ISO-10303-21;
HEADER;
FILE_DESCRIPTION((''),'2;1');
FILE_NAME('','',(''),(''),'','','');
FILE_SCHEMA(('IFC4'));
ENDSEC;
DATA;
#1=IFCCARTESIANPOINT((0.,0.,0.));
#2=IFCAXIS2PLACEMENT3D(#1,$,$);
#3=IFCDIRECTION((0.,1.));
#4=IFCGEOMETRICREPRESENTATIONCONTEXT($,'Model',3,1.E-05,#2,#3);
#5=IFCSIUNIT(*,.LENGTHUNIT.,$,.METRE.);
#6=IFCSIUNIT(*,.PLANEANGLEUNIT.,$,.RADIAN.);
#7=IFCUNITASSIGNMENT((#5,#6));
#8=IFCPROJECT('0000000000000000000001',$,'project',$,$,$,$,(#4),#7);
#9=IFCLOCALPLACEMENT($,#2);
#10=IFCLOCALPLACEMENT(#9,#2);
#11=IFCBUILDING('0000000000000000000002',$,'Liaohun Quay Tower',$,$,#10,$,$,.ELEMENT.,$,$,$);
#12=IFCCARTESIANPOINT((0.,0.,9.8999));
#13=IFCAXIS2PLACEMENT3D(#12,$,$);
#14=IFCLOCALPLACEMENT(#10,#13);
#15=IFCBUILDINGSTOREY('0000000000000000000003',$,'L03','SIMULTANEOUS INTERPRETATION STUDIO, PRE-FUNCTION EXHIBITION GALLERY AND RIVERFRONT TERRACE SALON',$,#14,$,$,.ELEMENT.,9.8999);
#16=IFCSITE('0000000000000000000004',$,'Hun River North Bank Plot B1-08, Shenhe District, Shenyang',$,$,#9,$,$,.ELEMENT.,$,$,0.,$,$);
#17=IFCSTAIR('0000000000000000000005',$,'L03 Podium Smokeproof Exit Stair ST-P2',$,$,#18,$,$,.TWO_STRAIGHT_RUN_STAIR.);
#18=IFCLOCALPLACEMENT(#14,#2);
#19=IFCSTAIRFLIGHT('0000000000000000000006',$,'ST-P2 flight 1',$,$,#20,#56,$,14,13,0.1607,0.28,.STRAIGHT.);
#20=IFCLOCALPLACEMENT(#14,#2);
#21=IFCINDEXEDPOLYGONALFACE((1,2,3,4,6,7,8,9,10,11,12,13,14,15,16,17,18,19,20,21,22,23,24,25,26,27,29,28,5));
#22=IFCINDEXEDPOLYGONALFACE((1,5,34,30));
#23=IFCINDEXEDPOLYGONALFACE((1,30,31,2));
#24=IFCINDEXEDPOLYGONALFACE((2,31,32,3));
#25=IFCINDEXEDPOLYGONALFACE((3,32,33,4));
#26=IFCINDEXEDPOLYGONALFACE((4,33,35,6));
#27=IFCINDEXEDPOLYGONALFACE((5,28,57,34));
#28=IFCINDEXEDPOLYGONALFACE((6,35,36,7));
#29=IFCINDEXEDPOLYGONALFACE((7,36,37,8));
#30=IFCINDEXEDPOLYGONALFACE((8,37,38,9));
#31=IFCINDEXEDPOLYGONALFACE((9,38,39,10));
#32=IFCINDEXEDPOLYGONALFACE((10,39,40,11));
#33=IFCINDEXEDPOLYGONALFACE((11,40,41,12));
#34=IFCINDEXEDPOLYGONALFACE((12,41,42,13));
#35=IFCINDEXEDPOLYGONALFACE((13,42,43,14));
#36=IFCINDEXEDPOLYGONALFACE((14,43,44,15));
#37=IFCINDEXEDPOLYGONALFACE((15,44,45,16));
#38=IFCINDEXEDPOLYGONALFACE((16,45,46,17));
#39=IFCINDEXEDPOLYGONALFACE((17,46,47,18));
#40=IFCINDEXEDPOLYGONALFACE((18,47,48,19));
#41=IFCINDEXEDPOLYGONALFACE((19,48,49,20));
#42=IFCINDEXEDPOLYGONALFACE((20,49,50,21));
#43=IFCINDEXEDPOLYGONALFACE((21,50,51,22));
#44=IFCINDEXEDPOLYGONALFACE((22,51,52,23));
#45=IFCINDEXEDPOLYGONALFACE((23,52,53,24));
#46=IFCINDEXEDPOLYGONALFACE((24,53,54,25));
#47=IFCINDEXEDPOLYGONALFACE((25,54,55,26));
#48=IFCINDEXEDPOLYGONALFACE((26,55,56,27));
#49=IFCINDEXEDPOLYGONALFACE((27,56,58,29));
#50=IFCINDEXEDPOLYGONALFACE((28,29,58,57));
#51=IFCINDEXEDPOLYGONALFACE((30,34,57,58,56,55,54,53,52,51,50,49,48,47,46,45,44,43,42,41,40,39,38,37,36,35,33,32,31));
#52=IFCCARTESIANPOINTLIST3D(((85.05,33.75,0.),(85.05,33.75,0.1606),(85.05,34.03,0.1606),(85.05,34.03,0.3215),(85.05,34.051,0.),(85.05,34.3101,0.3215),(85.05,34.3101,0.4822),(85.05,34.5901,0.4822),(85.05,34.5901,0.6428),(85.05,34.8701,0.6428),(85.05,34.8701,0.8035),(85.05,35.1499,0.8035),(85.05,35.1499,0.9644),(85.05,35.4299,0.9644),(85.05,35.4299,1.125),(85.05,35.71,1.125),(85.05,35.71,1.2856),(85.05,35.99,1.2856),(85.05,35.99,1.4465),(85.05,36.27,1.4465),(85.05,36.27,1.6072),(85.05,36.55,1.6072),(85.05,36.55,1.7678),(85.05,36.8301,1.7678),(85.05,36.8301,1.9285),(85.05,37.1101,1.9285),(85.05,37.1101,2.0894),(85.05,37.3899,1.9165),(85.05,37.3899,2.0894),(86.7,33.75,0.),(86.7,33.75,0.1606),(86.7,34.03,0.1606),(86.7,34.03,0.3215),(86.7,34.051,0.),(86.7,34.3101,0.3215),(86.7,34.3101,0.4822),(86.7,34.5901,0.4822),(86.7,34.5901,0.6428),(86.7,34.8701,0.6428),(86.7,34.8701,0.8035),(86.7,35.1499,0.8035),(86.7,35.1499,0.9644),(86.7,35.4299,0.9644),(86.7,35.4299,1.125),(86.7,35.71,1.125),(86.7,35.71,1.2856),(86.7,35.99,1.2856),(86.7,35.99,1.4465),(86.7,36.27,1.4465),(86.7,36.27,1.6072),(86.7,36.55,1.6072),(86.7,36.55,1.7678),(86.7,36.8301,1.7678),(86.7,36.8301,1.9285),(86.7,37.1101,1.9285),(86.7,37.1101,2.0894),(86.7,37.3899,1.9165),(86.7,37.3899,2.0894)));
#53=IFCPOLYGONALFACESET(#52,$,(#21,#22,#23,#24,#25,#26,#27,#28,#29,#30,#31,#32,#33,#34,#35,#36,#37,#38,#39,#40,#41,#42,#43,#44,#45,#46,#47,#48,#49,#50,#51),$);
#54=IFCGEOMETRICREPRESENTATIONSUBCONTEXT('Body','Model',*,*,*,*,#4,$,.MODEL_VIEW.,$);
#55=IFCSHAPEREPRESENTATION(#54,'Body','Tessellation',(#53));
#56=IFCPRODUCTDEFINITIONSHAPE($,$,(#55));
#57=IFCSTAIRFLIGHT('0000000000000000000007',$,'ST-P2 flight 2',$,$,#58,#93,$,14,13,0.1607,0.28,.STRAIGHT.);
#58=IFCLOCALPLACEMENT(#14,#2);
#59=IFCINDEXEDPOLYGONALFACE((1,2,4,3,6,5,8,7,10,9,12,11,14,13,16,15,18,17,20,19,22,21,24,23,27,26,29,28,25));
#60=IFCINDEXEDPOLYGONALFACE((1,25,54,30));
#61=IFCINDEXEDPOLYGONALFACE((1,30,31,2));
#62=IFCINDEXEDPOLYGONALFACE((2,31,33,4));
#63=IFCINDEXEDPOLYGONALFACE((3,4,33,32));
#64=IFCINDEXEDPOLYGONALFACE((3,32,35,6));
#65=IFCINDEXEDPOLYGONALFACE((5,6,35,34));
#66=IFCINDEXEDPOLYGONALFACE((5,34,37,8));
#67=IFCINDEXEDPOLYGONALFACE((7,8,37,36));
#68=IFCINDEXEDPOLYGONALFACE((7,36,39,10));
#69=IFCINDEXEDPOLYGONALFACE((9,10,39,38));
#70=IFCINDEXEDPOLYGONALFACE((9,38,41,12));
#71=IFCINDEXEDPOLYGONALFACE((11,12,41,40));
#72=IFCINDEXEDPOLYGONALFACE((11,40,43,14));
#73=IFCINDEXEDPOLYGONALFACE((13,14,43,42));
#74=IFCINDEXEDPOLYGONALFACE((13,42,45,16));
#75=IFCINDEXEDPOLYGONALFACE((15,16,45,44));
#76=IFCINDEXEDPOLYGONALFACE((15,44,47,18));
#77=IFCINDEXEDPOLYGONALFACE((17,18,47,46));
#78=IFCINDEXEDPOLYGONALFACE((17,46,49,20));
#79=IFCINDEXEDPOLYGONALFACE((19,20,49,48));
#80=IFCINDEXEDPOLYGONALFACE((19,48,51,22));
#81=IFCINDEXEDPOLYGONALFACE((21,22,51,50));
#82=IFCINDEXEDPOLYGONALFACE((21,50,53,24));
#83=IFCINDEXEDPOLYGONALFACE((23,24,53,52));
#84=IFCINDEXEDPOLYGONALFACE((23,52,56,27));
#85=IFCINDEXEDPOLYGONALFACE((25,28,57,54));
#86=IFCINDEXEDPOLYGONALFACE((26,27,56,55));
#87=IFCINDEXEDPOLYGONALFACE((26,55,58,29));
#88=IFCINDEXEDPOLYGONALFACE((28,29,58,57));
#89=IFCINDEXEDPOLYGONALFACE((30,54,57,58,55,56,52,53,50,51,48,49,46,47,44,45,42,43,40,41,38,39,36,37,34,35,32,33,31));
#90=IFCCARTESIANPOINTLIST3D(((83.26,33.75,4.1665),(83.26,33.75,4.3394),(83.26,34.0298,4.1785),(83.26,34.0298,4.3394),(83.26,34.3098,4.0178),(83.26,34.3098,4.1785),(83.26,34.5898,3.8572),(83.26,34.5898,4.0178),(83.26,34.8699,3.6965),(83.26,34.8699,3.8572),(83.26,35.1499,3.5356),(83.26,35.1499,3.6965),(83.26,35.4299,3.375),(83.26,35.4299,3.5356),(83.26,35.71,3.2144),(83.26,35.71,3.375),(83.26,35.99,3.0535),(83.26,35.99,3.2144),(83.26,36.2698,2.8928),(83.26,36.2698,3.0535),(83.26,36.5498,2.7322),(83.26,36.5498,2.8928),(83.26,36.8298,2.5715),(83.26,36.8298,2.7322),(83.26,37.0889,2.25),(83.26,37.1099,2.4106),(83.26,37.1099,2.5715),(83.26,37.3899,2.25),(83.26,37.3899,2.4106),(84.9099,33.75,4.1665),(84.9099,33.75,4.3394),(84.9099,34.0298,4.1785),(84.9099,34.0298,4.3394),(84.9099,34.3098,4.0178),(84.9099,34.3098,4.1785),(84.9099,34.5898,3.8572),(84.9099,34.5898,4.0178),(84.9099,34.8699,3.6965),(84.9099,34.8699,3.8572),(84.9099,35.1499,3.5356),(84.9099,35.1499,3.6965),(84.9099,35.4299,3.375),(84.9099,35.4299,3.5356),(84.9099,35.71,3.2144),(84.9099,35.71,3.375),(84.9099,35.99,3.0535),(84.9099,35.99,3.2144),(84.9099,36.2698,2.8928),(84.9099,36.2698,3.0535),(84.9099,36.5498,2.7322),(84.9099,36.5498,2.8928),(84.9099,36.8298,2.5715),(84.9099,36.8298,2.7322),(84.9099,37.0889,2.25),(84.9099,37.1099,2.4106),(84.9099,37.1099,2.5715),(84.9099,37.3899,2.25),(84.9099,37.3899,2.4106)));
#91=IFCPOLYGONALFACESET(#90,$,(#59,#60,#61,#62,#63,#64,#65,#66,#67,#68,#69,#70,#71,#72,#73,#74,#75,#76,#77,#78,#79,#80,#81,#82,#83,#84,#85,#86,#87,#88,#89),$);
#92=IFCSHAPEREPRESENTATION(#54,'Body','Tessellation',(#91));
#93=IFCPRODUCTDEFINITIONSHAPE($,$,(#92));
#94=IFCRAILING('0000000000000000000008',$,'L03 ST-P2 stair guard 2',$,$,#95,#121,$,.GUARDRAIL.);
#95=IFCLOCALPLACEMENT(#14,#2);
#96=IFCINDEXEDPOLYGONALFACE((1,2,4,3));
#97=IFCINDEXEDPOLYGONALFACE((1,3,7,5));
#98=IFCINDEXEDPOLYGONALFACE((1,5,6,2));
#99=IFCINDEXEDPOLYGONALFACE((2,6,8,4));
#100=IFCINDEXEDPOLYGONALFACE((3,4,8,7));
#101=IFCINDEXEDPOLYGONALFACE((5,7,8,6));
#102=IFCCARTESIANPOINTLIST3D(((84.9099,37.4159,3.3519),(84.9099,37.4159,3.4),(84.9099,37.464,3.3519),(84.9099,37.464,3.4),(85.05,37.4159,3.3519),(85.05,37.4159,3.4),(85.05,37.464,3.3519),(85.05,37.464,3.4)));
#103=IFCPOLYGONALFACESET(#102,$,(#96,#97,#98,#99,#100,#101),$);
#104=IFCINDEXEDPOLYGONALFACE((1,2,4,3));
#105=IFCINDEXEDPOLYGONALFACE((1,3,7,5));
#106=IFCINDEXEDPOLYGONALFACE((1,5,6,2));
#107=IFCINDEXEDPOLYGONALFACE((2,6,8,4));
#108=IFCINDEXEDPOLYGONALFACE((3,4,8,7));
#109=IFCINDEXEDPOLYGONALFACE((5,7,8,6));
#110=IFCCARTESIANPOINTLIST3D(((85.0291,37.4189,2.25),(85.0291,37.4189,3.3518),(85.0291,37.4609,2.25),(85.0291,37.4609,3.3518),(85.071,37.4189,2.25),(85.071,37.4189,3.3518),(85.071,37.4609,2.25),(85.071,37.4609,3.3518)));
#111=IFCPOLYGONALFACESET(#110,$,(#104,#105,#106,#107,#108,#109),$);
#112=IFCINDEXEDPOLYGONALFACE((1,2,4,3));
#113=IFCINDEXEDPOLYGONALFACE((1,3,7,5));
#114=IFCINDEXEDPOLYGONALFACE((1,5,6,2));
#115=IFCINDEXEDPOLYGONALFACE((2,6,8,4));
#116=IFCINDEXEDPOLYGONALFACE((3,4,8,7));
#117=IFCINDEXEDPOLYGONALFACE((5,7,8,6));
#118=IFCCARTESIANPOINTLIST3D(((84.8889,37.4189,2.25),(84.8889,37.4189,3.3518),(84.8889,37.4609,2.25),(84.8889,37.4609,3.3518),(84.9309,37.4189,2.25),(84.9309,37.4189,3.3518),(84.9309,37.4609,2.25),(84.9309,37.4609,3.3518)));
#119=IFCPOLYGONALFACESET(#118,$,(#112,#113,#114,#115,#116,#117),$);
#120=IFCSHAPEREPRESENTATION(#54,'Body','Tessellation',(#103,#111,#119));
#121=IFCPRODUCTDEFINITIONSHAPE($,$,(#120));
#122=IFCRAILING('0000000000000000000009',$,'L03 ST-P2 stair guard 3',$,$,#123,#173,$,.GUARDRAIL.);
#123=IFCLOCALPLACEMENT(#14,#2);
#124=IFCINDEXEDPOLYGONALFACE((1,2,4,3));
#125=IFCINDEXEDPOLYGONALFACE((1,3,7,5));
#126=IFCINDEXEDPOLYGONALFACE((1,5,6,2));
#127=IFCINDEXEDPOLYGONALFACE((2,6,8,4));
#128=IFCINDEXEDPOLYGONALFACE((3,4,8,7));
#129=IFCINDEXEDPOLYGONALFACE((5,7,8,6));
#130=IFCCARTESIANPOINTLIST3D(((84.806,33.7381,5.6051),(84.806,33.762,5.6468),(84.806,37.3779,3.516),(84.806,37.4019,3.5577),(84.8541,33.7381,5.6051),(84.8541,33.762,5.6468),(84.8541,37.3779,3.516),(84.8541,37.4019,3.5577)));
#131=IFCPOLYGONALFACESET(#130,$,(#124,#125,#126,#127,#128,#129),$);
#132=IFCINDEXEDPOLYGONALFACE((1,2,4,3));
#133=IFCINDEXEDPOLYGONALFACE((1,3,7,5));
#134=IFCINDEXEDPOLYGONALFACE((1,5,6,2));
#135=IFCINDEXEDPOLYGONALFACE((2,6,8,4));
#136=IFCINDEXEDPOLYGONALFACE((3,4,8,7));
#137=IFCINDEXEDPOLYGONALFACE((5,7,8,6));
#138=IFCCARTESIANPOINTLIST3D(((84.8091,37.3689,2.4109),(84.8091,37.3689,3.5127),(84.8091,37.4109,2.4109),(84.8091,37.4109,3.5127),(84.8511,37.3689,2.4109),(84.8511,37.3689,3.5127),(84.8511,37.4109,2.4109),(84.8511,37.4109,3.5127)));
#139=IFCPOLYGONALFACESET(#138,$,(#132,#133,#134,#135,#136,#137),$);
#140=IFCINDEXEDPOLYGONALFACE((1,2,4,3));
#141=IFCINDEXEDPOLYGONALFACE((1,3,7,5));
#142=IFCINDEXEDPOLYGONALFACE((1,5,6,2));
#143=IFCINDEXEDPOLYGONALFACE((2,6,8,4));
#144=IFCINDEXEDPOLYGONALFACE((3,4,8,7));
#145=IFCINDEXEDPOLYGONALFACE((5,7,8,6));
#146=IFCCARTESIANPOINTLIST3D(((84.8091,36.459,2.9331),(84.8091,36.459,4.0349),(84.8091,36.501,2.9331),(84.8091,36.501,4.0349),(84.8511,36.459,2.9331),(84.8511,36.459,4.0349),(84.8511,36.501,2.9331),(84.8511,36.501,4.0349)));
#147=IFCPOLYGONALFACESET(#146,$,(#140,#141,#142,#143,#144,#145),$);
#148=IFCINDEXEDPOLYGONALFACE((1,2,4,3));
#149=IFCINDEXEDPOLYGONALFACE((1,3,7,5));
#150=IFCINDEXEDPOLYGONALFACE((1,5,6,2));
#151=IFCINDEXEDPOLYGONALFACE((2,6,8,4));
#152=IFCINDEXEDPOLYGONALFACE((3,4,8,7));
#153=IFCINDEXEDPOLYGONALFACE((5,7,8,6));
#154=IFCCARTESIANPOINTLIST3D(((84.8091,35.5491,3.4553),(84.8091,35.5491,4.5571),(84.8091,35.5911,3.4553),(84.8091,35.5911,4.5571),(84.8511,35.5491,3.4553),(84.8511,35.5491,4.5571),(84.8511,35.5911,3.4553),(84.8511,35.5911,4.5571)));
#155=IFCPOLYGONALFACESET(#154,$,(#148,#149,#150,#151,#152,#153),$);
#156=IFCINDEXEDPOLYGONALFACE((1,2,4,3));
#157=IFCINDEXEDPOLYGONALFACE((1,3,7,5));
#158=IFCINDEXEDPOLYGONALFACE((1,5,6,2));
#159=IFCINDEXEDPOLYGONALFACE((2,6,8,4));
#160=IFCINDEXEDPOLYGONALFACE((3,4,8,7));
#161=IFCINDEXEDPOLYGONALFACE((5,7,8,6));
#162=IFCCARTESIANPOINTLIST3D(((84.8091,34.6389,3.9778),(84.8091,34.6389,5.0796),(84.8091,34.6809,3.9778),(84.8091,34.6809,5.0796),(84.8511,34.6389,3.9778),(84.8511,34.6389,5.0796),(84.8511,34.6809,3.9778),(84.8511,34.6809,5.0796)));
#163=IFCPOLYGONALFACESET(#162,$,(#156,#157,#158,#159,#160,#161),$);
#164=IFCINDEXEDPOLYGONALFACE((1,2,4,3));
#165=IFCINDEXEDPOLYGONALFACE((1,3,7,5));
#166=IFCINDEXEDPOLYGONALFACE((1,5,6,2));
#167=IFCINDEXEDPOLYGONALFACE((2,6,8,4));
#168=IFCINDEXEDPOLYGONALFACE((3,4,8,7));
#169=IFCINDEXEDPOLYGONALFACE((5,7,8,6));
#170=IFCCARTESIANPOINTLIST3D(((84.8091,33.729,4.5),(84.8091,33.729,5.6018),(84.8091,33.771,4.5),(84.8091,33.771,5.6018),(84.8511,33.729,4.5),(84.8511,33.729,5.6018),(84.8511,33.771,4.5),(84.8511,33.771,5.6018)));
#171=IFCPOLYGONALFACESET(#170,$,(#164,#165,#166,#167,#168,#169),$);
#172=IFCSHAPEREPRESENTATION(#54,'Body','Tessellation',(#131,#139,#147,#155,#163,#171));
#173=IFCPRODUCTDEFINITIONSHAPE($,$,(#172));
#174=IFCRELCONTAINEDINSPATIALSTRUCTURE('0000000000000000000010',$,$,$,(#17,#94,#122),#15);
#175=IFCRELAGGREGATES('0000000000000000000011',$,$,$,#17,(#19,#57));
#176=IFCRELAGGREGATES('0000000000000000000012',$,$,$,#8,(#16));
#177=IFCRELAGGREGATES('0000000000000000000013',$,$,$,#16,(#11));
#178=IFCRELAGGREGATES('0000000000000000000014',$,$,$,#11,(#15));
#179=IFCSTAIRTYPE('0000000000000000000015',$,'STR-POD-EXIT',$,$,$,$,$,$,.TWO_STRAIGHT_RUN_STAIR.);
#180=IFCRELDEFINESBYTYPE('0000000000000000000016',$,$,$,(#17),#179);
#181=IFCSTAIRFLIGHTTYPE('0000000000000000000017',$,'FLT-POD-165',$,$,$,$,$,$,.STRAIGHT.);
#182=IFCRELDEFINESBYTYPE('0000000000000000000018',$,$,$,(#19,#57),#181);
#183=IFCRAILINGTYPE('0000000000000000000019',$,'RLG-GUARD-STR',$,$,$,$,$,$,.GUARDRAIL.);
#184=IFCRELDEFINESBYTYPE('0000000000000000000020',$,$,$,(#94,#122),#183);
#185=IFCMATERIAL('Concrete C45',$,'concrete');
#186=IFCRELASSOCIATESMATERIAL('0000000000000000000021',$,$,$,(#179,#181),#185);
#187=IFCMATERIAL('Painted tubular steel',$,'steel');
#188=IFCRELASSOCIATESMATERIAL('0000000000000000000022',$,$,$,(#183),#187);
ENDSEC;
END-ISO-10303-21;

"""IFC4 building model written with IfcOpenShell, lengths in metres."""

from ifc_helpers import new_model, si_unit, direction, frame, origin, origin_2d, place, context, subcontext, project, spatial, polyline, rectangle, outline, extrude, material, type_object, element, aggregate, save


model = new_model("IFC4")

# Units and contexts
model_context = context("Model", 3, precision=1e-05, world=origin(), true_north=direction((0.0, 1.0)))
body_context = subcontext(model_context, "Body", "Model", "MODEL_VIEW")
ifc_project = project(units=[si_unit("LENGTHUNIT", "METRE"), si_unit("PLANEANGLEUNIT", "RADIAN")], contexts=[model_context])

# Site, building, storey
site_placement = place(None, origin())
site = spatial("IfcSite", under=ifc_project, at=site_placement, Name="Hun River North Bank Plot B1-08, Shenhe District, Shenyang", CompositionType="ELEMENT", RefElevation=0.0)
building_placement = place(site_placement, origin())
building = spatial("IfcBuilding", under=site, at=building_placement, Name="Liaohun Quay Tower", CompositionType="ELEMENT")
storey_placement = place(building_placement, frame((0.0, 0.0, 9.8999)))
storey = spatial("IfcBuildingStorey", under=building, at=storey_placement, Name="L03", Description="SIMULTANEOUS INTERPRETATION STUDIO, PRE-FUNCTION EXHIBITION GALLERY AND RIVERFRONT TERRACE SALON", CompositionType="ELEMENT", Elevation=9.8999)

# Stair, stair flights
ifc_material_1 = material(Name="Concrete C45", Category="concrete")
stair_type = type_object("IfcStairType", Name="STR-POD-EXIT", PredefinedType="TWO_STRAIGHT_RUN_STAIR", material=ifc_material_1)
stair_placement = place(storey_placement, origin())
stair = element("IfcStair", 1, at=stair_placement, inside=storey, type_object=stair_type, Name="L03 Podium Smokeproof Exit Stair ST-P2", PredefinedType="TWO_STRAIGHT_RUN_STAIR")
stair_flight_type = type_object("IfcStairFlightType", Name="FLT-POD-165", PredefinedType="STRAIGHT", material=ifc_material_1)
stair_flight_1_placement = place(storey_placement, frame((85.875, 33.75, 0.0), z_axis=(0.0, 0.0, 1.0), x_axis=(0.0, 1.0, 0.0)))
stair_flight_1 = element("IfcStairFlight", 2, at=stair_flight_1_placement, type_object=stair_flight_type, Name="ST-P2 flight 1", NumberOfRisers=14, NumberOfTreads=13, PredefinedType="STRAIGHT", RiserHeight=0.1607, TreadLength=0.28, context=body_context, shape_type="SweptSolid", body=[
    extrude(outline(polyline([(0.0, 0.0), (0.0, 0.1606), (0.28, 0.1606), (0.28, 0.3215), (0.5601, 0.3215), (0.5601, 0.4822), (0.8401, 0.4822), (0.8401, 0.6428), (1.1201, 0.6428), (1.1201, 0.8035), (1.3999, 0.8035), (1.3999, 0.9644), (1.6799, 0.9644), (1.6799, 1.125), (1.96, 1.125), (1.96, 1.2856), (2.24, 1.2856), (2.24, 1.4465), (2.52, 1.4465), (2.52, 1.6072), (2.8, 1.6072), (2.8, 1.7678), (3.0801, 1.7678), (3.0801, 1.9285), (3.3601, 1.9285), (3.3601, 2.0894), (3.6399, 2.0894), (3.6399, 2.25), (3.6399, 1.9165), (0.301, 0.0), (0.0, 0.0)])), frame((0.0, 0.825, 0.0), z_axis=(0.0, -1.0, 0.0), x_axis=(1.0, 0.0, 0.0)), (0.0, 0.0, 1.0), 1.6499),
])
stair_flight_2_placement = place(storey_placement, frame((84.085, 37.3899, 2.25), z_axis=(0.0, 0.0, 1.0), x_axis=(0.0, -1.0, 0.0)))
stair_flight_2 = element("IfcStairFlight", 3, at=stair_flight_2_placement, type_object=stair_flight_type, Name="ST-P2 flight 2", NumberOfRisers=14, NumberOfTreads=13, PredefinedType="STRAIGHT", RiserHeight=0.1607, TreadLength=0.28, context=body_context, shape_type="SweptSolid", body=[
    extrude(outline(polyline([(0.0, 0.0), (0.0, 0.1606), (0.28, 0.1606), (0.28, 0.3215), (0.5601, 0.3215), (0.5601, 0.4822), (0.8401, 0.4822), (0.8401, 0.6428), (1.1201, 0.6428), (1.1201, 0.8035), (1.3999, 0.8035), (1.3999, 0.9644), (1.6799, 0.9644), (1.6799, 1.125), (1.96, 1.125), (1.96, 1.2856), (2.24, 1.2856), (2.24, 1.4465), (2.52, 1.4465), (2.52, 1.6072), (2.8, 1.6072), (2.8, 1.7678), (3.0801, 1.7678), (3.0801, 1.9285), (3.3601, 1.9285), (3.3601, 2.0894), (3.6399, 2.0894), (3.6399, 2.25), (3.6399, 1.9165), (0.301, 0.0), (0.0, 0.0)])), frame((0.0, 0.825, 0.0), z_axis=(0.0, -1.0, 0.0), x_axis=(1.0, 0.0, 0.0)), (0.0, 0.0, 1.0), 1.6499),
])
aggregate(stair, [stair_flight_1, stair_flight_2])

# Railings
ifc_material_2 = material(Name="Painted tubular steel", Category="steel")
railing_type_1 = type_object("IfcRailingType", Name="RLG-GUARD-STR", PredefinedType="GUARDRAIL", material=ifc_material_2)
railing_1_placement = place(storey_placement, frame((85.05, 37.4399, 2.25)))
element("IfcRailing", 4, at=railing_1_placement, inside=storey, type_object=railing_type_1, Name="L03 ST-P2 stair guard 2", PredefinedType="GUARDRAIL", context=body_context, shape_type="SweptSolid", body=[
    extrude(rectangle(XDim=0.0481, YDim=0.0481, at=origin_2d()), frame((0.0, 0.0, 1.126), z_axis=(-1.0, 0.0, 0.0), x_axis=(0.0, -1.0, 0.0)), (0.0, 0.0, 1.0), 0.1401),
    extrude(rectangle(XDim=0.042, YDim=0.042, at=origin_2d()), origin(), (0.0, 0.0, 1.0), 1.1018),
    extrude(rectangle(XDim=0.042, YDim=0.042, at=origin_2d()), frame((-0.1401, 0.0, 0.0)), (0.0, 0.0, 1.0), 1.1018),
])
railing_2_placement = place(storey_placement, frame((84.8301, 37.3899, 2.4109)))
element("IfcRailing", 5, at=railing_2_placement, inside=storey, type_object=railing_type_1, Name="L03 ST-P2 stair guard 3", PredefinedType="GUARDRAIL", context=body_context, shape_type="SweptSolid", body=[
    extrude(rectangle(XDim=0.0481, YDim=0.0481, at=origin_2d()), frame((0.0, 0.0, 1.126), z_axis=(0.0, -0.8673, 0.497786), x_axis=(1.0, 0.0, 0.0)), (0.0, 0.0, 1.0), 4.1968),
    extrude(rectangle(XDim=0.042, YDim=0.042, at=origin_2d()), origin(), (0.0, 0.0, 1.0), 1.1018),
    extrude(rectangle(XDim=0.042, YDim=0.042, at=origin_2d()), frame((0.0, -0.9099, 0.5222)), (0.0, 0.0, 1.0), 1.1018),
    extrude(rectangle(XDim=0.042, YDim=0.042, at=origin_2d()), frame((0.0, -1.8198, 1.0444)), (0.0, 0.0, 1.0), 1.1018),
    extrude(rectangle(XDim=0.042, YDim=0.042, at=origin_2d()), frame((0.0, -2.73, 1.5669)), (0.0, 0.0, 1.0), 1.1018),
    extrude(rectangle(XDim=0.042, YDim=0.042, at=origin_2d()), frame((0.0, -3.6399, 2.0891)), (0.0, 0.0, 1.0), 1.1018),
])

save(model, "model.ifc")
